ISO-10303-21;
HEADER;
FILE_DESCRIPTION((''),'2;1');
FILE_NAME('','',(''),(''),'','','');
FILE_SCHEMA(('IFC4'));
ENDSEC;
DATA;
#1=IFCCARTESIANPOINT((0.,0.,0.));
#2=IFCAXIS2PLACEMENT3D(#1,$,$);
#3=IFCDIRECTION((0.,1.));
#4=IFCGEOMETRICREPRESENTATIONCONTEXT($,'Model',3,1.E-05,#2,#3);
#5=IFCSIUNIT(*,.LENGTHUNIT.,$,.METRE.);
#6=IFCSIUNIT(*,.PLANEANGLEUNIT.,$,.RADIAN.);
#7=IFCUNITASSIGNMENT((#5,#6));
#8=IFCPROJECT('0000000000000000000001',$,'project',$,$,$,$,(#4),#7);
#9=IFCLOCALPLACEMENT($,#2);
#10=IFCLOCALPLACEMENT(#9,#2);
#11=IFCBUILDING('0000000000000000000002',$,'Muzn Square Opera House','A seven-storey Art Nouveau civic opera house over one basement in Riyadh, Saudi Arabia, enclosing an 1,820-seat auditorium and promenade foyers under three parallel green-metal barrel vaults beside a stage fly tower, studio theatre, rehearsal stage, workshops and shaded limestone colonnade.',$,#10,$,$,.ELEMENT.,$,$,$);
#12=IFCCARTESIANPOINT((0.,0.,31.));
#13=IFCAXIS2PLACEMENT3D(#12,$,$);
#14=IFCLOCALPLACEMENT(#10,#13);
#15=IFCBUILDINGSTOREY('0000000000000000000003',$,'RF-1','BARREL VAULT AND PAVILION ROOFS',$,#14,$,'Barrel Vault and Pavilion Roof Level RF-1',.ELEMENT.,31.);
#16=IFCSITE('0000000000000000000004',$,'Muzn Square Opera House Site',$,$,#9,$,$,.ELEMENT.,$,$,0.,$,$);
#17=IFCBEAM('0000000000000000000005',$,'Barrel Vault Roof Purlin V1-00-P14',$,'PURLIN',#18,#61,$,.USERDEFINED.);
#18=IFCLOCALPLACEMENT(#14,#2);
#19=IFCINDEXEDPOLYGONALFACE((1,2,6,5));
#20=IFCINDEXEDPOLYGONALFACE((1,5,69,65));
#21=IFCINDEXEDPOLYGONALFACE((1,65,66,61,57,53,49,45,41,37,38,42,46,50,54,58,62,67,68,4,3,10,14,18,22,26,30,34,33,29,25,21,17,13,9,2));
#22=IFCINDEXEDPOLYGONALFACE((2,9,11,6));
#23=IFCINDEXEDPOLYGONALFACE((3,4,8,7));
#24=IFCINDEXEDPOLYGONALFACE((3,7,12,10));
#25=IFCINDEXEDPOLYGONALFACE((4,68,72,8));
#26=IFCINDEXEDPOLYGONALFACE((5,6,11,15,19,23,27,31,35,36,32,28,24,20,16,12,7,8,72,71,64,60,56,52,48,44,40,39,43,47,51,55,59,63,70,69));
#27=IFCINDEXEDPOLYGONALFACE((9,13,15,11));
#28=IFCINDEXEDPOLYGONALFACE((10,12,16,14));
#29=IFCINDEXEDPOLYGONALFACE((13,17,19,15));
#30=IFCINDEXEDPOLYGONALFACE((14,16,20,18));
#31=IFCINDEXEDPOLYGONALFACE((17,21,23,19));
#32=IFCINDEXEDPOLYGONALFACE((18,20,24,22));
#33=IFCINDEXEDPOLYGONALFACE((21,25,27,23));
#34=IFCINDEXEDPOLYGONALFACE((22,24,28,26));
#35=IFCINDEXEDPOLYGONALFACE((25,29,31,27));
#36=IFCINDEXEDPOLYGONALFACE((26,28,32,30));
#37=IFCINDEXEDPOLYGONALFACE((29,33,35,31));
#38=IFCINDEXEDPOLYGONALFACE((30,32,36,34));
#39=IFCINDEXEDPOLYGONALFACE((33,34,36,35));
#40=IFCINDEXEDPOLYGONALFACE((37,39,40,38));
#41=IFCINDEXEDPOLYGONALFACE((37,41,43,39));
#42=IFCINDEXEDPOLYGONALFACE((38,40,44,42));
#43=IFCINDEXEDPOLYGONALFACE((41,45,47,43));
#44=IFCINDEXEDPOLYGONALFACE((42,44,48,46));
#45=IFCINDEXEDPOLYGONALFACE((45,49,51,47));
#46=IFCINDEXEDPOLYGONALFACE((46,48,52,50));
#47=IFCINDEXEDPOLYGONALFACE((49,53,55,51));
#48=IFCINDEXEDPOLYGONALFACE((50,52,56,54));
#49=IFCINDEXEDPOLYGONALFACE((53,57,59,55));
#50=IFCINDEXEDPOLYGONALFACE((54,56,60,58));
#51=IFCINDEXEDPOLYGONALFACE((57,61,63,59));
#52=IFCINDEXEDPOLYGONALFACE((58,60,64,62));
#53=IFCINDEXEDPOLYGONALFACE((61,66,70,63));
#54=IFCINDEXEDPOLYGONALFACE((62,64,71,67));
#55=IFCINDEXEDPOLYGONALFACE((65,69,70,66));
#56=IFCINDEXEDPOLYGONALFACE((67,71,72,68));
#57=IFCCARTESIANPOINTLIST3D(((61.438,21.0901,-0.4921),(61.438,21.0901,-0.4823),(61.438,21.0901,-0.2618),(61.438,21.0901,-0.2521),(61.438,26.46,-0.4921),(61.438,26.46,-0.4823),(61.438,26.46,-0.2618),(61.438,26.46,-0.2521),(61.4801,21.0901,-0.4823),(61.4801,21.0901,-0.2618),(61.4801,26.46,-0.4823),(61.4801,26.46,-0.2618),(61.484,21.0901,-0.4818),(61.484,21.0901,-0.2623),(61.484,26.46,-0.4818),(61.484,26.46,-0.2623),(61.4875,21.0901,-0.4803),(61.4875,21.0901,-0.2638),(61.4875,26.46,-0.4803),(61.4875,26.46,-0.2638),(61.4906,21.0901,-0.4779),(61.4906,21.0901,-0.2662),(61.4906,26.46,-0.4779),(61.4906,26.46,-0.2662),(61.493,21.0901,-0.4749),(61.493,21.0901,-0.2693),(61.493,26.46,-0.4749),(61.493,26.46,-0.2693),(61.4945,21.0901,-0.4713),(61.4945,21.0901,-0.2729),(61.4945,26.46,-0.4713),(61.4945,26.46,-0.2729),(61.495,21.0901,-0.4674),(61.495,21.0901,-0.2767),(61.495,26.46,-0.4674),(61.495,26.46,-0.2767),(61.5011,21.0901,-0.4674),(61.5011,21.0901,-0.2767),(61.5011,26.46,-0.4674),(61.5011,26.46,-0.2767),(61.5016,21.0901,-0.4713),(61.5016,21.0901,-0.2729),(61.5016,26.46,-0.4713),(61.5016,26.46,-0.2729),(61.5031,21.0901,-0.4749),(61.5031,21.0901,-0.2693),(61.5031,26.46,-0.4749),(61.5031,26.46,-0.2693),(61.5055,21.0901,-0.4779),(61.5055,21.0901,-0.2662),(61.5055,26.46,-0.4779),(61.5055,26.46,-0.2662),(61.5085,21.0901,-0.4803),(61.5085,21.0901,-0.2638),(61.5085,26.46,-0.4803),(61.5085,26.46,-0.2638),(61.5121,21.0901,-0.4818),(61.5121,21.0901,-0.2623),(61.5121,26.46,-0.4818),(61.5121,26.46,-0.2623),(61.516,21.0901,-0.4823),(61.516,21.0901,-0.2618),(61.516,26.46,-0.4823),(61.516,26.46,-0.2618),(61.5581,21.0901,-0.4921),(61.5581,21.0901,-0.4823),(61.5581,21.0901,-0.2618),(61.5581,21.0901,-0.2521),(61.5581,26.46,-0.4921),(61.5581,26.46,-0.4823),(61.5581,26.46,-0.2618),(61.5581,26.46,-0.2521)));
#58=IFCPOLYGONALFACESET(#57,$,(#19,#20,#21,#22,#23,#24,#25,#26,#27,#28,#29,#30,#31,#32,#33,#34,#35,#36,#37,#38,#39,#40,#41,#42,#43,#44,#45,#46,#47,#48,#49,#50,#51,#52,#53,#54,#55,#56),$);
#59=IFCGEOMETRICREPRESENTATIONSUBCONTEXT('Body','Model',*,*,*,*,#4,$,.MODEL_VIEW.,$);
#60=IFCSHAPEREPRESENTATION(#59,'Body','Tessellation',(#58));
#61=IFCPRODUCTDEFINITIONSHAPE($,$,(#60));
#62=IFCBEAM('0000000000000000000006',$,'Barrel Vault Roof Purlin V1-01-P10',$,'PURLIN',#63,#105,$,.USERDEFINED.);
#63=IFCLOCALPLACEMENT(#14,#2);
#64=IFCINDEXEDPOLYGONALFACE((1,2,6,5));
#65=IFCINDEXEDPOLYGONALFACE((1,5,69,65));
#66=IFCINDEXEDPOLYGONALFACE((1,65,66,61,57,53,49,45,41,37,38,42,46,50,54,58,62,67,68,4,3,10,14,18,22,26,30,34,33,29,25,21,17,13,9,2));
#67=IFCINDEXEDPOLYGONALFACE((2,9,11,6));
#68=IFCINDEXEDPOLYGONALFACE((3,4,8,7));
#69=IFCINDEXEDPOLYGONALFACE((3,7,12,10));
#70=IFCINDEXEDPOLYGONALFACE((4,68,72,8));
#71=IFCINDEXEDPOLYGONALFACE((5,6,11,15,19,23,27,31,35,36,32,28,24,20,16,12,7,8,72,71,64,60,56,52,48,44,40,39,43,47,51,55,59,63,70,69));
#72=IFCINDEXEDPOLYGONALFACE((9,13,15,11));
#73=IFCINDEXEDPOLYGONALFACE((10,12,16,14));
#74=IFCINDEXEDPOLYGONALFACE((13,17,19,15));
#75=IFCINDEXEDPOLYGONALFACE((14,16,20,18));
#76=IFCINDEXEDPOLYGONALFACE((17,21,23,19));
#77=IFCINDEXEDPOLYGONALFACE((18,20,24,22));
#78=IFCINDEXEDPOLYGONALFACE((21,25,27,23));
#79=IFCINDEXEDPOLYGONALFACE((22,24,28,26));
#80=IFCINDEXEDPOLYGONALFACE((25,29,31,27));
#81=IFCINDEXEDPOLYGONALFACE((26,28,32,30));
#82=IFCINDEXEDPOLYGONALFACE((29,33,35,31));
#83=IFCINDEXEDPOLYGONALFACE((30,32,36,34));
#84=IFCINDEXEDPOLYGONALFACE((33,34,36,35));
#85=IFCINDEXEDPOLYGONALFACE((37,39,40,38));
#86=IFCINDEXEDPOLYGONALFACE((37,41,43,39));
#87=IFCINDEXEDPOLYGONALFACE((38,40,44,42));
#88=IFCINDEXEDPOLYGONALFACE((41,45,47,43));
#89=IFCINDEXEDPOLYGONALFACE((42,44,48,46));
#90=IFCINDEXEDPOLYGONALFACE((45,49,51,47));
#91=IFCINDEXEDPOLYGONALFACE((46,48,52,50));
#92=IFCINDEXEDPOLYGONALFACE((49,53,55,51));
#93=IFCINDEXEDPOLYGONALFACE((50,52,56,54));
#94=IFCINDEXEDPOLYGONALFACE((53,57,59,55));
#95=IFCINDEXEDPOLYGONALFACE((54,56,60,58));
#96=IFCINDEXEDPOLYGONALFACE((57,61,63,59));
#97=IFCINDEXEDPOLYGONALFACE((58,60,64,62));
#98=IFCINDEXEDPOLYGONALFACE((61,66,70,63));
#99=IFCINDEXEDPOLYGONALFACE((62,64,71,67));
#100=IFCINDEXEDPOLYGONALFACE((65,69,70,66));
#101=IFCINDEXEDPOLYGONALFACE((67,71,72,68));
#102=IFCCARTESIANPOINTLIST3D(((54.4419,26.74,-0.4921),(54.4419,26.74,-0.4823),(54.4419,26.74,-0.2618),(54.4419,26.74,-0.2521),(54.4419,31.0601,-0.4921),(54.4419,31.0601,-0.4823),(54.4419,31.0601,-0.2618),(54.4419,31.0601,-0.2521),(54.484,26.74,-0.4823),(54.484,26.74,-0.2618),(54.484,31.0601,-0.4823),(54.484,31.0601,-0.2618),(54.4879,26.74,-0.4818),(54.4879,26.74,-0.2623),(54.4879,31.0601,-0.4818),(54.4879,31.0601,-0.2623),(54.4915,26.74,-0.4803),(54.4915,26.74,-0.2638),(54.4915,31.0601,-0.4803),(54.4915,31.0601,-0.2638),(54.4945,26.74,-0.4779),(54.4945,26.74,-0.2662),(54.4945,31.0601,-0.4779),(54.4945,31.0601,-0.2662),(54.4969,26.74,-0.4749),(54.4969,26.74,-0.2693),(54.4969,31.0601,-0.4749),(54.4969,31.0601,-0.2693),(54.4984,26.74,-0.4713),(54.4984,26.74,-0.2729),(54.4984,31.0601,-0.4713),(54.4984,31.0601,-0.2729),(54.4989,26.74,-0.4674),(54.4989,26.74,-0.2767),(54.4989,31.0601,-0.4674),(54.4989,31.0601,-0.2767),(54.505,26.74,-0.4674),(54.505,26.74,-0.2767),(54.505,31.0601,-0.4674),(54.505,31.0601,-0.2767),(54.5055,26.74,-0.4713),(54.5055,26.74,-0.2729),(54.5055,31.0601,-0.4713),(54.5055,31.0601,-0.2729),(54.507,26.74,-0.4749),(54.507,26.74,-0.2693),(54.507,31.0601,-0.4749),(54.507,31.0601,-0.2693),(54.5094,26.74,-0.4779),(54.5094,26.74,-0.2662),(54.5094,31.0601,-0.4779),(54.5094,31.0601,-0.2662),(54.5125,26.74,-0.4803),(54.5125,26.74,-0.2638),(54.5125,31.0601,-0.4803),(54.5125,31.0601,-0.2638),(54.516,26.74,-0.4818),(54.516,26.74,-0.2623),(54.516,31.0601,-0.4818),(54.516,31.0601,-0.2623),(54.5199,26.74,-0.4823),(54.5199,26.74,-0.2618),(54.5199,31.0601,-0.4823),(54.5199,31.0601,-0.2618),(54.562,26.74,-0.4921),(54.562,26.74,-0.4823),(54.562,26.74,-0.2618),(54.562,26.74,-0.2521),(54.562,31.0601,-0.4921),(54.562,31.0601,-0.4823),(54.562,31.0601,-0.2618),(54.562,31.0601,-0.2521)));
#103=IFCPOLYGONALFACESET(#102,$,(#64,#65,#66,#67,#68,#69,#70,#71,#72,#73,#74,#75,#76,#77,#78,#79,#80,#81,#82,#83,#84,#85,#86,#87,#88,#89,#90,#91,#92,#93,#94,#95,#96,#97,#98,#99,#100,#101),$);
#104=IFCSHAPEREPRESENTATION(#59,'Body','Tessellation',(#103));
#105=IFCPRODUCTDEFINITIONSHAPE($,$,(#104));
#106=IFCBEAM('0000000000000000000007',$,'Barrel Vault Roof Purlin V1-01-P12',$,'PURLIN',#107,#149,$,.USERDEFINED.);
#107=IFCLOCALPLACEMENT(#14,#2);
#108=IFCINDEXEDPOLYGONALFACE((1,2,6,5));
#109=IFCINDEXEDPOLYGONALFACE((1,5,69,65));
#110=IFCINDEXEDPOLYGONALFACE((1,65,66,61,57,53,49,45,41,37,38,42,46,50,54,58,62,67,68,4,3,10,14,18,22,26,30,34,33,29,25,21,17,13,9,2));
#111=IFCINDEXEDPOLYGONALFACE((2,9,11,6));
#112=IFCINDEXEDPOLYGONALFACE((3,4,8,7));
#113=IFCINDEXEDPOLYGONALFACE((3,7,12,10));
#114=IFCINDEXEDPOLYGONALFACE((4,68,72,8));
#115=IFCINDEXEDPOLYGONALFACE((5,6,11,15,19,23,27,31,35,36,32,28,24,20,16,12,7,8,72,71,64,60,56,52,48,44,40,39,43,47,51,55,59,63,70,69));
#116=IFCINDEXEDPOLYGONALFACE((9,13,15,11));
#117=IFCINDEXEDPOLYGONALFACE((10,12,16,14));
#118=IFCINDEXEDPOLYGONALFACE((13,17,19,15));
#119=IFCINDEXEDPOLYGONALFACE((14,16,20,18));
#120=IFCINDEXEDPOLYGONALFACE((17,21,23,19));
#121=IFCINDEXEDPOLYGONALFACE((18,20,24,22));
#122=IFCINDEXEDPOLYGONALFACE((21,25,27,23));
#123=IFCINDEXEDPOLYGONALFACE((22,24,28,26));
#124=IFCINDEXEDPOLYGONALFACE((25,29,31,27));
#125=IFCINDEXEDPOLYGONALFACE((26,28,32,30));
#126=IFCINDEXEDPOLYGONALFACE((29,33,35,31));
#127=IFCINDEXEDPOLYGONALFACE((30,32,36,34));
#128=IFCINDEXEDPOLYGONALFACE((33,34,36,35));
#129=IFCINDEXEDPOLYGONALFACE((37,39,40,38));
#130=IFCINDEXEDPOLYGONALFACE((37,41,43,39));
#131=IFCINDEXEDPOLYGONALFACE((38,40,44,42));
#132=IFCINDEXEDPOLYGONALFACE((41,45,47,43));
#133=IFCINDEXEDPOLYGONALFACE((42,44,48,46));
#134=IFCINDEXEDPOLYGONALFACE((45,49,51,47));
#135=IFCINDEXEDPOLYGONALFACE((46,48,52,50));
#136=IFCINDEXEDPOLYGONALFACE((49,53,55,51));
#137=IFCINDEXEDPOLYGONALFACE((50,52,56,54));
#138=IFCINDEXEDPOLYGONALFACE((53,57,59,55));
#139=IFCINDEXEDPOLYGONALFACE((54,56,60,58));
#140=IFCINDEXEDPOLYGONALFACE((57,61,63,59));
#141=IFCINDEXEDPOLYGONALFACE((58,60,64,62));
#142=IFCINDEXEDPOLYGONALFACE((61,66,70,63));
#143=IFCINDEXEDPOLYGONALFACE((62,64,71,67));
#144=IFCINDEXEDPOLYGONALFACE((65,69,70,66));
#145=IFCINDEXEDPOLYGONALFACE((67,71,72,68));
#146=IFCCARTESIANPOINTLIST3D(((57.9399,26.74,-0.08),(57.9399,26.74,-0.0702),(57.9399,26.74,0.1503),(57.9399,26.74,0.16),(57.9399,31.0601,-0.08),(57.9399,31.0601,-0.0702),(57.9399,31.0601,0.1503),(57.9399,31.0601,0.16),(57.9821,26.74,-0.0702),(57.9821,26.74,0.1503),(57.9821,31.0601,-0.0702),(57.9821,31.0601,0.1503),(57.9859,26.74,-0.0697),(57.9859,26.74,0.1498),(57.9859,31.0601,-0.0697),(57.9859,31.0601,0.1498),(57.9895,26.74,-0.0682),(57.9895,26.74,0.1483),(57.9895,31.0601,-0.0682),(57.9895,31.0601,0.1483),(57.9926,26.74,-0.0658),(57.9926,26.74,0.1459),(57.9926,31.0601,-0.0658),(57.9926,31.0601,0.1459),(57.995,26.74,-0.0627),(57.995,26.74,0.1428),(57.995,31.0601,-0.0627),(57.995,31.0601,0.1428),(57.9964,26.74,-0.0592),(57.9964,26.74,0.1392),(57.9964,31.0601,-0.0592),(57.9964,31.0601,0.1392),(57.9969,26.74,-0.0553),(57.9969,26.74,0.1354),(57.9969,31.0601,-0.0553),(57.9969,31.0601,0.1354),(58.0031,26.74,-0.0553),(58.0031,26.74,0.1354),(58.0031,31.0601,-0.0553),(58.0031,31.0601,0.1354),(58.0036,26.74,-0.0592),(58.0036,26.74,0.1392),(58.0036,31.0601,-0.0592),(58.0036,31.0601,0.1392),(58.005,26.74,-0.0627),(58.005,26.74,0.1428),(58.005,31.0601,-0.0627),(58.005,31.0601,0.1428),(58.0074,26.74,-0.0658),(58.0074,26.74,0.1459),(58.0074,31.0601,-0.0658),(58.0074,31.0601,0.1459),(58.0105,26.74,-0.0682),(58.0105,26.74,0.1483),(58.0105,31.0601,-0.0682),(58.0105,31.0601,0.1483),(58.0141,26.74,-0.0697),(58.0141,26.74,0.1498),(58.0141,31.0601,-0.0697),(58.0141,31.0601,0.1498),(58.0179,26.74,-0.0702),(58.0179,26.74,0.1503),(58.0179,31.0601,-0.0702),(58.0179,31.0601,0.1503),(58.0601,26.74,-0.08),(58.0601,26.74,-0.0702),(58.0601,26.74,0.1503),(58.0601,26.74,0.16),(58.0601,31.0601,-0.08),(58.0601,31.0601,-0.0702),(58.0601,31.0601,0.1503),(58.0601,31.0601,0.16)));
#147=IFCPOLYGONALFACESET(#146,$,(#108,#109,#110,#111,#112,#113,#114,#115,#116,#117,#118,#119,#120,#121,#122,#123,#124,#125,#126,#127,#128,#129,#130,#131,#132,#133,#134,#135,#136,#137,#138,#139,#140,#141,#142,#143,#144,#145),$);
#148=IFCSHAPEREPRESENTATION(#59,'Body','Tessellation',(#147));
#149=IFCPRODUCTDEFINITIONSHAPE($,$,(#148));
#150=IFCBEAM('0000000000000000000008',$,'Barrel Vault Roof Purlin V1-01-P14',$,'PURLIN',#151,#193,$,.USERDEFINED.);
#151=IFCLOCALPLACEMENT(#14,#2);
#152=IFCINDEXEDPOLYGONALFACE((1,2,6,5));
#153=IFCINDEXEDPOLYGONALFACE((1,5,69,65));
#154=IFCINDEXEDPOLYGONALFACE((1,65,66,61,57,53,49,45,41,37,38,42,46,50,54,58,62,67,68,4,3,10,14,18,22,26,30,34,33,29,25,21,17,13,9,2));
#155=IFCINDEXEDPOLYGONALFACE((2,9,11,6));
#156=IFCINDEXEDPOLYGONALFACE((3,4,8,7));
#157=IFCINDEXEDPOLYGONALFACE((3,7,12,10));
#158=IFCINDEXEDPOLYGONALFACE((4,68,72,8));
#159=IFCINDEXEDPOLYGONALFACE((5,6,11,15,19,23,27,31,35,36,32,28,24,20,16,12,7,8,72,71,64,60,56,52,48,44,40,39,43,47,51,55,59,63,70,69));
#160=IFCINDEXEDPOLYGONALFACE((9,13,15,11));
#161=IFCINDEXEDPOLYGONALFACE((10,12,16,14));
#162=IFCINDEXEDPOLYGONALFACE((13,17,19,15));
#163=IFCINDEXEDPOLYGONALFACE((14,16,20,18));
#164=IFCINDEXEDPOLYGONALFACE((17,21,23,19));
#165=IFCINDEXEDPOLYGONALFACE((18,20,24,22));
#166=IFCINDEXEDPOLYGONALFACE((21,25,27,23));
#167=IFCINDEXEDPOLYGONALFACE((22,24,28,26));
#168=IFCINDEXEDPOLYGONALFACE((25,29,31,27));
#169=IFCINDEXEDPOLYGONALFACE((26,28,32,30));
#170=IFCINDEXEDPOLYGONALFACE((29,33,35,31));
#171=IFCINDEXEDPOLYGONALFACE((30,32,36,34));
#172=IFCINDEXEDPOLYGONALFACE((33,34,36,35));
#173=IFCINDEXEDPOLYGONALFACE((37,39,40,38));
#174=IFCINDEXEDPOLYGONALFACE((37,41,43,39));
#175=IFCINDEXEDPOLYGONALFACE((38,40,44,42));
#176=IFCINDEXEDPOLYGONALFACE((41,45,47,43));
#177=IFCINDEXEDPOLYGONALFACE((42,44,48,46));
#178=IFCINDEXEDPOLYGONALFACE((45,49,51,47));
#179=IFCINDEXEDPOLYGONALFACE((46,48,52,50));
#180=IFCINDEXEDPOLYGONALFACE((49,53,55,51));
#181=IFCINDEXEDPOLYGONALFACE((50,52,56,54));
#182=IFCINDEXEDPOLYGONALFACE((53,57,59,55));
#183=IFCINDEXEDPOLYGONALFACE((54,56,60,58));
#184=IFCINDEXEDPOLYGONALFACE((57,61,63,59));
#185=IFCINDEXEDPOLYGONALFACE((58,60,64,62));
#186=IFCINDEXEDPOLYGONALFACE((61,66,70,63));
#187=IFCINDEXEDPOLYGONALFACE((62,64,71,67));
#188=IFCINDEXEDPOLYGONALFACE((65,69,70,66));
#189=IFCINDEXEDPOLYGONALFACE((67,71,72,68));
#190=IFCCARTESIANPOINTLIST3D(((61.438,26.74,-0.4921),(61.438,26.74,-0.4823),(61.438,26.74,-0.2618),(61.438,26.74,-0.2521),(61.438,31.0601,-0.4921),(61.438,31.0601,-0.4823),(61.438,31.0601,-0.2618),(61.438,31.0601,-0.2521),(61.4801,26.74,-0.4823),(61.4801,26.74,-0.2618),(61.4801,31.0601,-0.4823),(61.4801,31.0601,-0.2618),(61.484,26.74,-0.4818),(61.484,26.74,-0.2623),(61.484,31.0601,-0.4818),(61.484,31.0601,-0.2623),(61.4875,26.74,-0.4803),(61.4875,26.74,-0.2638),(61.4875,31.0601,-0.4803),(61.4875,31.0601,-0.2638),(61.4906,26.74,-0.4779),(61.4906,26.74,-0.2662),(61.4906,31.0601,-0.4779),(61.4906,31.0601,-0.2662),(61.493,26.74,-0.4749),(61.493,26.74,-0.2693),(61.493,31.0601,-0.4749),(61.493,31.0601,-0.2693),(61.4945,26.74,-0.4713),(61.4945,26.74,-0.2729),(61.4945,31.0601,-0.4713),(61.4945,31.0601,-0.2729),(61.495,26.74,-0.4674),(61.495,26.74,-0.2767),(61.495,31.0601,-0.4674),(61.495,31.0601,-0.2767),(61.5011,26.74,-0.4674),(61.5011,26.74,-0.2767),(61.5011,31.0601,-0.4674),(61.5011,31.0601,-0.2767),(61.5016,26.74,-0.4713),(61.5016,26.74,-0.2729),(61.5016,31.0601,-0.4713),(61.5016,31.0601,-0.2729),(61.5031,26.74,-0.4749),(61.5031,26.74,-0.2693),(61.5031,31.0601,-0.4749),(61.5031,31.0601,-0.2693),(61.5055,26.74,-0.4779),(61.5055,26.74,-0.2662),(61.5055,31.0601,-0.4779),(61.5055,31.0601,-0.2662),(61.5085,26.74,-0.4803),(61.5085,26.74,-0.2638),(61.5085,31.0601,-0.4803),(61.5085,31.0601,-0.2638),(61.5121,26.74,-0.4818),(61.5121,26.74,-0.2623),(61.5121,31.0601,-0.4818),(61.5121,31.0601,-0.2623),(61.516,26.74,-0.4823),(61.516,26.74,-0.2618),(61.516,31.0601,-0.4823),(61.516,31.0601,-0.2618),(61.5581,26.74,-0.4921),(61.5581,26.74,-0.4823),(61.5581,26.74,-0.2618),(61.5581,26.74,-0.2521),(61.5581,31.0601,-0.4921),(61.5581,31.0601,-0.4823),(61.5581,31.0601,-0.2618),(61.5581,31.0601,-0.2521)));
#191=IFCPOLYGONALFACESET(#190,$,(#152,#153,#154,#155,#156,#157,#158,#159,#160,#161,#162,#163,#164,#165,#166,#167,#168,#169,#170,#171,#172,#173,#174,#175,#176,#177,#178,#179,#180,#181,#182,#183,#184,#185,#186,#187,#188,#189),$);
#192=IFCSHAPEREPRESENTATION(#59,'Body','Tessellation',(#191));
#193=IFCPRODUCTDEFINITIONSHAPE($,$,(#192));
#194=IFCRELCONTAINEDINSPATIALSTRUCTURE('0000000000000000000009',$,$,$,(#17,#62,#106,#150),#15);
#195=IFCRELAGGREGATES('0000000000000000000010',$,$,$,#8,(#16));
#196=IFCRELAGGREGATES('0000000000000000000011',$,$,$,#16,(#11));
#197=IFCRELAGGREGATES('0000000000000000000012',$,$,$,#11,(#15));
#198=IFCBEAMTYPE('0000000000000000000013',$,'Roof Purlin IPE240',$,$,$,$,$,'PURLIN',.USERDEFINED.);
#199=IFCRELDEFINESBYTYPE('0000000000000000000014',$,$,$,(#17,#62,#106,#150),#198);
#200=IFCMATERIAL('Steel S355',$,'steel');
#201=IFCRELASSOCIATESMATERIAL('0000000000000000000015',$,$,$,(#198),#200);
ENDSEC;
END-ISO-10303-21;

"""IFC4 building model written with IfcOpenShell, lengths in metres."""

from ifc_helpers import new_model, si_unit, direction, frame, origin, origin_2d, place, context, subcontext, project, spatial, i_section, extrude, material, material_profile, profile_set, type_object, element, save


model = new_model("IFC4")

# Units and contexts
model_context = context("Model", 3, precision=1e-05, world=origin(), true_north=direction((0.0, 1.0)))
body_context = subcontext(model_context, "Body", "Model", "MODEL_VIEW")
ifc_project = project(units=[si_unit("LENGTHUNIT", "METRE"), si_unit("PLANEANGLEUNIT", "RADIAN")], contexts=[model_context])

# Site, building, storey
site_placement = place(None, origin())
site = spatial("IfcSite", under=ifc_project, at=site_placement, Name="Muzn Square Opera House Site", CompositionType="ELEMENT", RefElevation=0.0)
building_placement = place(site_placement, origin())
building = spatial("IfcBuilding", under=site, at=building_placement, Name="Muzn Square Opera House", Description="A seven-storey Art Nouveau civic opera house over one basement in Riyadh, Saudi Arabia, enclosing an 1,820-seat auditorium and promenade foyers under three parallel green-metal barrel vaults beside a stage fly tower, studio theatre, rehearsal stage, workshops and shaded limestone colonnade.", CompositionType="ELEMENT")
storey_placement = place(building_placement, frame((0.0, 0.0, 31.0)))
storey = spatial("IfcBuildingStorey", under=building, at=storey_placement, Name="RF-1", Description="BARREL VAULT AND PAVILION ROOFS", LongName="Barrel Vault and Pavilion Roof Level RF-1", CompositionType="ELEMENT", Elevation=31.0)

# Beams
ifc_material_1 = material(Name="Steel S355", Category="steel")
ifc_material_profile_1 = material_profile(ifc_material_1, i_section(OverallWidth=0.1201, OverallDepth=0.24, WebThickness=0.0061, FlangeThickness=0.0098, FilletRadius=0.0149, at=origin_2d()), Name="IPE 240", Category="steel")
ifc_profile_set_1 = profile_set([ifc_material_profile_1], Name="Steel S355")
beam_type_1 = type_object("IfcBeamType", Name="Roof Purlin IPE240", ElementType="PURLIN", PredefinedType="USERDEFINED", material=ifc_profile_set_1)
for number, where, z_axis, x_axis, name in (
    (1, (61.498, 21.0901, -0.3721), (0.0, 1.0, 0.0), (-1.0, 0.0, 0.0), "Barrel Vault Roof Purlin V1-00-P14"),
):
    element("IfcBeam", number, at=place(storey_placement, frame(where, z_axis=z_axis, x_axis=x_axis)), inside=storey, type_object=beam_type_1, Name=name, ObjectType="PURLIN", PredefinedType="USERDEFINED", context=body_context, shape_type="SweptSolid", body=[
        extrude(i_section(OverallWidth=0.1201, OverallDepth=0.24, WebThickness=0.0061, FlangeThickness=0.0098, FilletRadius=0.0149, at=origin_2d()), origin(), (0.0, 0.0, 1.0), 5.3699),
    ])
for number, where, z_axis, x_axis, name in (
    (2, (54.502, 26.74, -0.3721), (0.0, 1.0, 0.0), (-1.0, 0.0, 0.0), "Barrel Vault Roof Purlin V1-01-P10"),
    (3, (58.0, 26.74, 0.04), (0.0, 1.0, 0.0), (-1.0, 0.0, 0.0), "Barrel Vault Roof Purlin V1-01-P12"),
    (4, (61.498, 26.74, -0.3721), (0.0, 1.0, 0.0), (-1.0, 0.0, 0.0), "Barrel Vault Roof Purlin V1-01-P14"),
):
    element("IfcBeam", number, at=place(storey_placement, frame(where, z_axis=z_axis, x_axis=x_axis)), inside=storey, type_object=beam_type_1, Name=name, ObjectType="PURLIN", PredefinedType="USERDEFINED", context=body_context, shape_type="SweptSolid", body=[
        extrude(i_section(OverallWidth=0.1201, OverallDepth=0.24, WebThickness=0.0061, FlangeThickness=0.0098, FilletRadius=0.0149, at=origin_2d()), origin(), (0.0, 0.0, 1.0), 4.3201),
    ])

save(model, "model.ifc")
